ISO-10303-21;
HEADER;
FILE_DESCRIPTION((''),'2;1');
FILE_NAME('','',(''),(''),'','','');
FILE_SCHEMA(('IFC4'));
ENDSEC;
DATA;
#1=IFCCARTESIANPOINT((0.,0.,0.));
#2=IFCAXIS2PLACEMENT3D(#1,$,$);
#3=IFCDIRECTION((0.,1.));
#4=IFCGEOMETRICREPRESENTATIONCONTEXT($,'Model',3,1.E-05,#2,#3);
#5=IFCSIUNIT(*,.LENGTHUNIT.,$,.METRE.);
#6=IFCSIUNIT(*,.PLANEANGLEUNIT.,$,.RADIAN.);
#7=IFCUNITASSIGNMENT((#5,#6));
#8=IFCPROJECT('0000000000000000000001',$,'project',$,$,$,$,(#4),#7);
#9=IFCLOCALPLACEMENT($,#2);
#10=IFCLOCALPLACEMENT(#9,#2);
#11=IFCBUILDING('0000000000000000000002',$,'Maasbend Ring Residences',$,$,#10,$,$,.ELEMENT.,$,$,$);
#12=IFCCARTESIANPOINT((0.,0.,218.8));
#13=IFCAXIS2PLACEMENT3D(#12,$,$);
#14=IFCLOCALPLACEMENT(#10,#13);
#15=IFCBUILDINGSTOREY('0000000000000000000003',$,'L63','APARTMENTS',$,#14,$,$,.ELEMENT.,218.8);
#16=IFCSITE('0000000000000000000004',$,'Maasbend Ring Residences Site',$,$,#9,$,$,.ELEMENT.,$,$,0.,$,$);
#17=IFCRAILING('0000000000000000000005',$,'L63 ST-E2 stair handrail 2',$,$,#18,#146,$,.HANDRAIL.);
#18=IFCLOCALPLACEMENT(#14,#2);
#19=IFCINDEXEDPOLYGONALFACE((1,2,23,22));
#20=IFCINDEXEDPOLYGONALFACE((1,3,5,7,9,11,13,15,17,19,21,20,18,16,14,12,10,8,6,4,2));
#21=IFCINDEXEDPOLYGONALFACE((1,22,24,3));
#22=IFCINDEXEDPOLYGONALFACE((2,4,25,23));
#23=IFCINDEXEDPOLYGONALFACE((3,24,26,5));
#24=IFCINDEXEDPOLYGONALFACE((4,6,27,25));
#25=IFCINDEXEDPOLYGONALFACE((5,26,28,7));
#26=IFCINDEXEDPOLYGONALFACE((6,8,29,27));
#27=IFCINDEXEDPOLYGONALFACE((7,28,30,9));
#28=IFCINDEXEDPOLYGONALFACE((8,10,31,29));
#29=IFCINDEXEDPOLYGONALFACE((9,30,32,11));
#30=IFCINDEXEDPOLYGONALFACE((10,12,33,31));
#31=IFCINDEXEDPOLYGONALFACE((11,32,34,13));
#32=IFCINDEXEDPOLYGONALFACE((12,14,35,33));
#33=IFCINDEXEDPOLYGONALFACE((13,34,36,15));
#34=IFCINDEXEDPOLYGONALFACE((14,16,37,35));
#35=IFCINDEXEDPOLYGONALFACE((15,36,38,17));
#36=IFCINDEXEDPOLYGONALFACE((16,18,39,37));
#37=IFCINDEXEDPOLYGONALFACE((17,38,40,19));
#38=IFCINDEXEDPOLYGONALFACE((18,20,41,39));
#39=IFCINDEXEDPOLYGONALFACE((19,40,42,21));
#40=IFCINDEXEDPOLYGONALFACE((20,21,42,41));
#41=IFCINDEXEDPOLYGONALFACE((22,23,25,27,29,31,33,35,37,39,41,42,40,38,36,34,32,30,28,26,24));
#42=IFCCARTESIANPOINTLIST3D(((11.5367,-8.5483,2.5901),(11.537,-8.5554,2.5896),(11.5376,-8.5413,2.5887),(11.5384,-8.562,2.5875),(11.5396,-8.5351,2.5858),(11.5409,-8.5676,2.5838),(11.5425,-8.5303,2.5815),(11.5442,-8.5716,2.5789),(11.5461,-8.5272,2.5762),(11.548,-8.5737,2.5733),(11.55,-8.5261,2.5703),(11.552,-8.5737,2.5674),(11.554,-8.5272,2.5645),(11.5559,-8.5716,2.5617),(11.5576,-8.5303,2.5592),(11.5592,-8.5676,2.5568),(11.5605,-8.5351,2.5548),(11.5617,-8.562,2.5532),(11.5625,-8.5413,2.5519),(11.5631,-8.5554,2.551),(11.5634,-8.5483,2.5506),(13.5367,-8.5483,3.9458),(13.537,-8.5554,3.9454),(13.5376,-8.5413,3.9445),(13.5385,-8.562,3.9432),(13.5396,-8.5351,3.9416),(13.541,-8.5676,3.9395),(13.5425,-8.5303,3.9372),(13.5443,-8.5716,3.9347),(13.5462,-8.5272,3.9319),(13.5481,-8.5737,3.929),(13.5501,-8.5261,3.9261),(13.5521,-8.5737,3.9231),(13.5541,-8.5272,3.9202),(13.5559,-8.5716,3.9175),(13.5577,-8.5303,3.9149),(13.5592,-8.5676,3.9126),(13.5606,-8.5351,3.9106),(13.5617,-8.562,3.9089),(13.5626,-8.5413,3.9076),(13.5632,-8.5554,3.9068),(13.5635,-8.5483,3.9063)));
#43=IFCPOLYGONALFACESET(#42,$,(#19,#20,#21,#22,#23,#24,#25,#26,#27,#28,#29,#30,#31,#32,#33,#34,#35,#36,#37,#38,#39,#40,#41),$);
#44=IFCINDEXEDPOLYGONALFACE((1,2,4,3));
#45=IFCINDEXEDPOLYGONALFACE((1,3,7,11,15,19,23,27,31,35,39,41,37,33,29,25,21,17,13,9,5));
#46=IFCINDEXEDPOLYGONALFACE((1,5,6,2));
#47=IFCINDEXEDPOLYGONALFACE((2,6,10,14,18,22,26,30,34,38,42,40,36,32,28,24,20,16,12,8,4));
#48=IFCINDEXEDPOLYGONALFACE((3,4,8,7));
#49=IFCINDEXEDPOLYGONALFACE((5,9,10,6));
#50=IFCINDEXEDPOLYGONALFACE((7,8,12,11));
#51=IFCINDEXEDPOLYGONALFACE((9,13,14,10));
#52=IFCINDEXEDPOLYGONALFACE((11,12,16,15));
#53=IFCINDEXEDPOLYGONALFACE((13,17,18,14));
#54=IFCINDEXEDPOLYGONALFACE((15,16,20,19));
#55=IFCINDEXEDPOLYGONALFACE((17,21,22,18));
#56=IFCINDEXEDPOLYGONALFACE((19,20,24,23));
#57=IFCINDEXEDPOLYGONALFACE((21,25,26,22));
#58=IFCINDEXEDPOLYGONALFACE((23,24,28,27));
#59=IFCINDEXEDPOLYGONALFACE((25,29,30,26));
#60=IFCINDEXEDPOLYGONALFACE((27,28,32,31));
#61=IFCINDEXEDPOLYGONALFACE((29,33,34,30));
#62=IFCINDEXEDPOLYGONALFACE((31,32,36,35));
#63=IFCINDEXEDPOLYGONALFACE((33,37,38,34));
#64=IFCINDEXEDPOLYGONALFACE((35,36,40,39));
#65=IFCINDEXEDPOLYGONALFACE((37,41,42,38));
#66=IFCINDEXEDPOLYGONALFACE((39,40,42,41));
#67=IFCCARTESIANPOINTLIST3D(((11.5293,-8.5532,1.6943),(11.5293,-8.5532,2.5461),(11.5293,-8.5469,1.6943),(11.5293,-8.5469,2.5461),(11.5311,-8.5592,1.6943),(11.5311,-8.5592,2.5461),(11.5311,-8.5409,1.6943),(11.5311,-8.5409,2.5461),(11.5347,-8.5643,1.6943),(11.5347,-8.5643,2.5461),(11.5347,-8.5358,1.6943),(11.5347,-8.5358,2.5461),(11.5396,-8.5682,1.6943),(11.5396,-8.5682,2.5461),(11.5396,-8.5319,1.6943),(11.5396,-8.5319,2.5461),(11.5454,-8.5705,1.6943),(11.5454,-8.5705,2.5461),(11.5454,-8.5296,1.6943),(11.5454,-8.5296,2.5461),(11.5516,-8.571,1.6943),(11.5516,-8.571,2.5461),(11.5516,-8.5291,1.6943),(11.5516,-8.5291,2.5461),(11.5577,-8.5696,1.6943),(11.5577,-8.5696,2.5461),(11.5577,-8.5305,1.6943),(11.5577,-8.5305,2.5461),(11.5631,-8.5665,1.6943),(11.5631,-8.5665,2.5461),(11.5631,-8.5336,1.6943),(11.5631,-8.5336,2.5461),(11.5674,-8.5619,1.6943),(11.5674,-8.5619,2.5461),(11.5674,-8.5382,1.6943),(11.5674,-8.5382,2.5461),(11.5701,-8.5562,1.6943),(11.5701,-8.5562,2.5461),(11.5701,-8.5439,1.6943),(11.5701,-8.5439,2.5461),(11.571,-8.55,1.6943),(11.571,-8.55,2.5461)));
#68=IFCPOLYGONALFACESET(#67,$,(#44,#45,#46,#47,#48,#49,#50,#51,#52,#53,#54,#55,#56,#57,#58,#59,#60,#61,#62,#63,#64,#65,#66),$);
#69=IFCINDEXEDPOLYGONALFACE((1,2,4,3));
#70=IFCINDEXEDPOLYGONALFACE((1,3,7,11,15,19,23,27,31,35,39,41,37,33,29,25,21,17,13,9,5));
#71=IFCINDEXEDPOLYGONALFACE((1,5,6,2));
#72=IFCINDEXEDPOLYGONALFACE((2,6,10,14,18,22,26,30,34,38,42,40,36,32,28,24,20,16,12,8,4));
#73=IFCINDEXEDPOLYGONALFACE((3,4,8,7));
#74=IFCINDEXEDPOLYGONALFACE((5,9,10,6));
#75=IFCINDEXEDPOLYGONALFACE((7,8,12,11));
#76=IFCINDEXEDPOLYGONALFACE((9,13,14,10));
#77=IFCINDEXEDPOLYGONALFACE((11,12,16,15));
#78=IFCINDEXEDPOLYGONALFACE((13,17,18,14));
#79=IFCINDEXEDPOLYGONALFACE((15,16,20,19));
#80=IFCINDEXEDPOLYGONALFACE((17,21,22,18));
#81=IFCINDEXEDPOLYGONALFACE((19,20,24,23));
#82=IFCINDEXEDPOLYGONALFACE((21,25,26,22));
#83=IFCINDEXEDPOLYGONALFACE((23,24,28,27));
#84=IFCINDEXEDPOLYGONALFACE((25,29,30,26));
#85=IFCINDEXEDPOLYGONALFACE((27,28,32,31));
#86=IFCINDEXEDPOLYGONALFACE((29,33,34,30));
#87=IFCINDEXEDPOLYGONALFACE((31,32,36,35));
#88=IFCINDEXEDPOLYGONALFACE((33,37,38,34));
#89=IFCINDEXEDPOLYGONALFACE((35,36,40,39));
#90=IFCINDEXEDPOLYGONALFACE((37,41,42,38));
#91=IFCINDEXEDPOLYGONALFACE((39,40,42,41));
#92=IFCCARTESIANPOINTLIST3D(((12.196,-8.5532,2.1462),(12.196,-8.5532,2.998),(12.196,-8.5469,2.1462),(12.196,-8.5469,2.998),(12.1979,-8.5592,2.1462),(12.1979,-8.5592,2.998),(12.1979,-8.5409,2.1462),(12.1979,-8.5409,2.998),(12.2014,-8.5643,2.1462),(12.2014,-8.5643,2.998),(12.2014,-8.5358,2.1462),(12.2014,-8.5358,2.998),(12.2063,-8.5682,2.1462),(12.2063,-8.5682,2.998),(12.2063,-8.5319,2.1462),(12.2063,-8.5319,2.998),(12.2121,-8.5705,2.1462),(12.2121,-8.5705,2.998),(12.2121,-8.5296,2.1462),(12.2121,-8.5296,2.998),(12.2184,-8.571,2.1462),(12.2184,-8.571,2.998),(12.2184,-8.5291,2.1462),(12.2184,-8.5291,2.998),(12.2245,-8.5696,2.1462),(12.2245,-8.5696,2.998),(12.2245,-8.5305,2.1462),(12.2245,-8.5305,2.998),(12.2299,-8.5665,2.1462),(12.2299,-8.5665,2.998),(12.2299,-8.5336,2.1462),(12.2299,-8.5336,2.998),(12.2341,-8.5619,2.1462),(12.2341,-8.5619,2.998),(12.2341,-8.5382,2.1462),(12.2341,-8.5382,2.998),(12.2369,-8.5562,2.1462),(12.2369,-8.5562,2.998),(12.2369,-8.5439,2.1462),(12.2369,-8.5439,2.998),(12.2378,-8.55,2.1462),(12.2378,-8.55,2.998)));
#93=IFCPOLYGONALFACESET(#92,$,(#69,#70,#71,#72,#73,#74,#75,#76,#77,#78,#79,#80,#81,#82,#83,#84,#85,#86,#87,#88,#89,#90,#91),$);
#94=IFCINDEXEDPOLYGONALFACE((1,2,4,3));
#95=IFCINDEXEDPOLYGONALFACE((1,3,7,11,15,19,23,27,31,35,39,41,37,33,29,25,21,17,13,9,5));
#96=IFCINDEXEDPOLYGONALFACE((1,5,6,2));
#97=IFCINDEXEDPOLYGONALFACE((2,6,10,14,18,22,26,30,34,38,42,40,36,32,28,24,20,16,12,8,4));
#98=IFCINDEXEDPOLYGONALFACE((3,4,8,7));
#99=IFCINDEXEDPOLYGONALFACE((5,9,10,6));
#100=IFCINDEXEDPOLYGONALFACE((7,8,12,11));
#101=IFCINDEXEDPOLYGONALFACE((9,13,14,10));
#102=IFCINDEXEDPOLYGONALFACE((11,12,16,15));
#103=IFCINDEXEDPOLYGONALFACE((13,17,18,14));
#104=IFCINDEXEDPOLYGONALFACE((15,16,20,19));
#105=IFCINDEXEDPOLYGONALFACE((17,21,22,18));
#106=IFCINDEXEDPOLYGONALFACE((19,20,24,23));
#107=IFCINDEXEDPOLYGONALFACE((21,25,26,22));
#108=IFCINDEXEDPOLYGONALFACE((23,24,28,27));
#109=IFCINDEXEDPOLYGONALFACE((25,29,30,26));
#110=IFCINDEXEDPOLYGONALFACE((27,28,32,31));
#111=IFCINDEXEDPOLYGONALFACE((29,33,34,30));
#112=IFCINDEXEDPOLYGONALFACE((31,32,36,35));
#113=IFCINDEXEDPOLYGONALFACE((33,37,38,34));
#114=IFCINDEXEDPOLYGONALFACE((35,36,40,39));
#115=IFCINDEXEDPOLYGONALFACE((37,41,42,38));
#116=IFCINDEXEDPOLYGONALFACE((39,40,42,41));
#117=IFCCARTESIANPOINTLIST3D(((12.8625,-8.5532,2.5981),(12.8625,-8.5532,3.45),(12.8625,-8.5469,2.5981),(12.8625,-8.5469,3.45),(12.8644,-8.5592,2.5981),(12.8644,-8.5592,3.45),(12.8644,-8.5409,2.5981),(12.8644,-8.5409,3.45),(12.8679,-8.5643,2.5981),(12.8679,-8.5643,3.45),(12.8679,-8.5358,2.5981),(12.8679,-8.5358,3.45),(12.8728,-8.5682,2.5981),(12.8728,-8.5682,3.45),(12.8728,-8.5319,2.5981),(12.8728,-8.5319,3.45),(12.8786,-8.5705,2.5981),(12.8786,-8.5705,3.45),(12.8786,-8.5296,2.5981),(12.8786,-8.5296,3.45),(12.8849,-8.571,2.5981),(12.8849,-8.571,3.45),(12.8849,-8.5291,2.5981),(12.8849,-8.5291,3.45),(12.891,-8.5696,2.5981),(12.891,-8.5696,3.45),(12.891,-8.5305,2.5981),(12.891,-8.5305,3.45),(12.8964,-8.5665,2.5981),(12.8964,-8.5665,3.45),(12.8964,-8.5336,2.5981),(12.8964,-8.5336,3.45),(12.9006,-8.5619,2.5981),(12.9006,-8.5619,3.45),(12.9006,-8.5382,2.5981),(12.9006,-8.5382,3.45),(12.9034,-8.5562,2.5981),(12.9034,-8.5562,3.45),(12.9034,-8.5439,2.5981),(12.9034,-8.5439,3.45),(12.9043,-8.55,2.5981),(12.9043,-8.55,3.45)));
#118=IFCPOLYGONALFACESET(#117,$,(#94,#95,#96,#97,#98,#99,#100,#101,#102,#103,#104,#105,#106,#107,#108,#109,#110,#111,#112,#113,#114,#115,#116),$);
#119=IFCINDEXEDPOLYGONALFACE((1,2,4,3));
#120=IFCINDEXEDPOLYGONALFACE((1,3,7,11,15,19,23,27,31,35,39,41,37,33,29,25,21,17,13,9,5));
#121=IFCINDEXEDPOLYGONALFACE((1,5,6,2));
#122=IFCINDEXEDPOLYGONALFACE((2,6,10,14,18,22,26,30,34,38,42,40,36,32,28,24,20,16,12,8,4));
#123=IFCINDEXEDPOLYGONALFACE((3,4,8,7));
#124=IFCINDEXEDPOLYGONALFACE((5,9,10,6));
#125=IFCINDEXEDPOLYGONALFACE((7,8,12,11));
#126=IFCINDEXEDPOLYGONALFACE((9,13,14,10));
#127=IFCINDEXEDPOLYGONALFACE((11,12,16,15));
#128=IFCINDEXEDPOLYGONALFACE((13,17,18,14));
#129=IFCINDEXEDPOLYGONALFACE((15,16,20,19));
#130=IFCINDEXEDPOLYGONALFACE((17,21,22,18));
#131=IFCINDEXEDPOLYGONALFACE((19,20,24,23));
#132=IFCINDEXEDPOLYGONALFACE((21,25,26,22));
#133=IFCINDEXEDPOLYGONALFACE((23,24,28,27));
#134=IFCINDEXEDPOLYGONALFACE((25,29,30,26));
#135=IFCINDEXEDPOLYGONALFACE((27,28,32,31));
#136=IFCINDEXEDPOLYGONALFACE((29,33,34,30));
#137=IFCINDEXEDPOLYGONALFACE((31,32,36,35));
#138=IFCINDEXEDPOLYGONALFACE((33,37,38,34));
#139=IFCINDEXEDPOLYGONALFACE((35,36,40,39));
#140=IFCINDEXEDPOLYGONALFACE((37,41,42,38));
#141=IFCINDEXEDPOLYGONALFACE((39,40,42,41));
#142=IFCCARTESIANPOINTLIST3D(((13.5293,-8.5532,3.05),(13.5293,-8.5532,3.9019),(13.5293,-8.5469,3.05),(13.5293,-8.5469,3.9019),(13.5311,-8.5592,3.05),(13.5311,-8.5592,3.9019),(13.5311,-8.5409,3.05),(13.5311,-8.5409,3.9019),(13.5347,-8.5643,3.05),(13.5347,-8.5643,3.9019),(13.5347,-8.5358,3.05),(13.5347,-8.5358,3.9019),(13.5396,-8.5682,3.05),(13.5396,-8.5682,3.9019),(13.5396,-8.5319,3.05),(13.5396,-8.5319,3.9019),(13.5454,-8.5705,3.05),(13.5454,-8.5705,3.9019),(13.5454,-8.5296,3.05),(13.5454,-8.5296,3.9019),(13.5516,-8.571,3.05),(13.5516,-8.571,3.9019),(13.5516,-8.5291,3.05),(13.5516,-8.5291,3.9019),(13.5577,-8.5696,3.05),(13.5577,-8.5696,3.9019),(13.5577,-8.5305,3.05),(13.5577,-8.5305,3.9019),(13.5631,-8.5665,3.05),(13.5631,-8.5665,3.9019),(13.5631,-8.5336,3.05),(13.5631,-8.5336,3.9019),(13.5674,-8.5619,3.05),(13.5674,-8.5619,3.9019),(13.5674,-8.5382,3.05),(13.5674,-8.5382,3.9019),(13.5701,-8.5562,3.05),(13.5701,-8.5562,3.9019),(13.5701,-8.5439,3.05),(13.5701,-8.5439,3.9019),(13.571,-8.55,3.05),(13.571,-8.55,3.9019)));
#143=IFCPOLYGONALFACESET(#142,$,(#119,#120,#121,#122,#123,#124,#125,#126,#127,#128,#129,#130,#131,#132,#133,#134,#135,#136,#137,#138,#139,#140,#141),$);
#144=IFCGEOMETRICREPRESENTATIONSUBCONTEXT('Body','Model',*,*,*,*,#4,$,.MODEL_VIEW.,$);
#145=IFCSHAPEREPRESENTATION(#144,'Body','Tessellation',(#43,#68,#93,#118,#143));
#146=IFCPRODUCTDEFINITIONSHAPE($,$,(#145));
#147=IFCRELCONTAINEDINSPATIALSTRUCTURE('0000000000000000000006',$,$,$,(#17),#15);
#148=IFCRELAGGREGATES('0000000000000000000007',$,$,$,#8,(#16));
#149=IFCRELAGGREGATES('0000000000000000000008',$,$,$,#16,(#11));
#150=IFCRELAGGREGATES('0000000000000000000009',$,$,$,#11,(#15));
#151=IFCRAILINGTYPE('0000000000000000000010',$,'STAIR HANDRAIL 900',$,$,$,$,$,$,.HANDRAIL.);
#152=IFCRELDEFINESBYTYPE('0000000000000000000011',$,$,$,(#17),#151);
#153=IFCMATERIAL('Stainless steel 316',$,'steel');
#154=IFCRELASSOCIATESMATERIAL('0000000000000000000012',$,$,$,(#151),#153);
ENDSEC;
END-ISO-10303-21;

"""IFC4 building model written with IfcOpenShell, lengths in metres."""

from ifc_helpers import new_model, si_unit, direction, frame, origin, origin_2d, place, context, subcontext, project, spatial, circle, extrude, material, type_object, element, save


model = new_model("IFC4")

# Units and contexts
model_context = context("Model", 3, precision=1e-05, world=origin(), true_north=direction((0.0, 1.0)))
body_context = subcontext(model_context, "Body", "Model", "MODEL_VIEW")
ifc_project = project(units=[si_unit("LENGTHUNIT", "METRE"), si_unit("PLANEANGLEUNIT", "RADIAN")], contexts=[model_context])

# Site, building, storey
site_placement = place(None, origin())
site = spatial("IfcSite", under=ifc_project, at=site_placement, Name="Maasbend Ring Residences Site", CompositionType="ELEMENT", RefElevation=0.0)
building_placement = place(site_placement, origin())
building = spatial("IfcBuilding", under=site, at=building_placement, Name="Maasbend Ring Residences", CompositionType="ELEMENT")
storey_placement = place(building_placement, frame((0.0, 0.0, 218.8)))
storey = spatial("IfcBuildingStorey", under=building, at=storey_placement, Name="L63", Description="APARTMENTS", CompositionType="ELEMENT", Elevation=218.8)

# Railing
ifc_material_1 = material(Name="Stainless steel 316", Category="steel")
railing_type = type_object("IfcRailingType", Name="STAIR HANDRAIL 900", PredefinedType="HANDRAIL", material=ifc_material_1)
railing_1_placement = place(storey_placement, frame((11.55, -8.55, 1.6943)))
element("IfcRailing", 1, at=railing_1_placement, inside=storey, type_object=railing_type, Name="L63 ST-E2 stair handrail 2", PredefinedType="HANDRAIL", context=body_context, shape_type="SweptSolid", body=[
    extrude(circle(Radius=0.0239, at=origin_2d()), frame((0.0, 0.0, 0.876), z_axis=(0.827751, 0.0, 0.561096), x_axis=(0.0, 1.0, 0.0)), (0.0, 0.0, 1.0), 2.4163),
    extrude(circle(Radius=0.021, at=origin_2d()), origin(), (0.0, 0.0, 1.0), 0.8518),
    extrude(circle(Radius=0.021, at=origin_2d()), frame((0.6667, 0.0, 0.4519)), (0.0, 0.0, 1.0), 0.8518),
    extrude(circle(Radius=0.021, at=origin_2d()), frame((1.3333, 0.0, 0.9038)), (0.0, 0.0, 1.0), 0.8518),
    extrude(circle(Radius=0.021, at=origin_2d()), frame((2.0, 0.0, 1.3557)), (0.0, 0.0, 1.0), 0.8518),
])

save(model, "model.ifc")
